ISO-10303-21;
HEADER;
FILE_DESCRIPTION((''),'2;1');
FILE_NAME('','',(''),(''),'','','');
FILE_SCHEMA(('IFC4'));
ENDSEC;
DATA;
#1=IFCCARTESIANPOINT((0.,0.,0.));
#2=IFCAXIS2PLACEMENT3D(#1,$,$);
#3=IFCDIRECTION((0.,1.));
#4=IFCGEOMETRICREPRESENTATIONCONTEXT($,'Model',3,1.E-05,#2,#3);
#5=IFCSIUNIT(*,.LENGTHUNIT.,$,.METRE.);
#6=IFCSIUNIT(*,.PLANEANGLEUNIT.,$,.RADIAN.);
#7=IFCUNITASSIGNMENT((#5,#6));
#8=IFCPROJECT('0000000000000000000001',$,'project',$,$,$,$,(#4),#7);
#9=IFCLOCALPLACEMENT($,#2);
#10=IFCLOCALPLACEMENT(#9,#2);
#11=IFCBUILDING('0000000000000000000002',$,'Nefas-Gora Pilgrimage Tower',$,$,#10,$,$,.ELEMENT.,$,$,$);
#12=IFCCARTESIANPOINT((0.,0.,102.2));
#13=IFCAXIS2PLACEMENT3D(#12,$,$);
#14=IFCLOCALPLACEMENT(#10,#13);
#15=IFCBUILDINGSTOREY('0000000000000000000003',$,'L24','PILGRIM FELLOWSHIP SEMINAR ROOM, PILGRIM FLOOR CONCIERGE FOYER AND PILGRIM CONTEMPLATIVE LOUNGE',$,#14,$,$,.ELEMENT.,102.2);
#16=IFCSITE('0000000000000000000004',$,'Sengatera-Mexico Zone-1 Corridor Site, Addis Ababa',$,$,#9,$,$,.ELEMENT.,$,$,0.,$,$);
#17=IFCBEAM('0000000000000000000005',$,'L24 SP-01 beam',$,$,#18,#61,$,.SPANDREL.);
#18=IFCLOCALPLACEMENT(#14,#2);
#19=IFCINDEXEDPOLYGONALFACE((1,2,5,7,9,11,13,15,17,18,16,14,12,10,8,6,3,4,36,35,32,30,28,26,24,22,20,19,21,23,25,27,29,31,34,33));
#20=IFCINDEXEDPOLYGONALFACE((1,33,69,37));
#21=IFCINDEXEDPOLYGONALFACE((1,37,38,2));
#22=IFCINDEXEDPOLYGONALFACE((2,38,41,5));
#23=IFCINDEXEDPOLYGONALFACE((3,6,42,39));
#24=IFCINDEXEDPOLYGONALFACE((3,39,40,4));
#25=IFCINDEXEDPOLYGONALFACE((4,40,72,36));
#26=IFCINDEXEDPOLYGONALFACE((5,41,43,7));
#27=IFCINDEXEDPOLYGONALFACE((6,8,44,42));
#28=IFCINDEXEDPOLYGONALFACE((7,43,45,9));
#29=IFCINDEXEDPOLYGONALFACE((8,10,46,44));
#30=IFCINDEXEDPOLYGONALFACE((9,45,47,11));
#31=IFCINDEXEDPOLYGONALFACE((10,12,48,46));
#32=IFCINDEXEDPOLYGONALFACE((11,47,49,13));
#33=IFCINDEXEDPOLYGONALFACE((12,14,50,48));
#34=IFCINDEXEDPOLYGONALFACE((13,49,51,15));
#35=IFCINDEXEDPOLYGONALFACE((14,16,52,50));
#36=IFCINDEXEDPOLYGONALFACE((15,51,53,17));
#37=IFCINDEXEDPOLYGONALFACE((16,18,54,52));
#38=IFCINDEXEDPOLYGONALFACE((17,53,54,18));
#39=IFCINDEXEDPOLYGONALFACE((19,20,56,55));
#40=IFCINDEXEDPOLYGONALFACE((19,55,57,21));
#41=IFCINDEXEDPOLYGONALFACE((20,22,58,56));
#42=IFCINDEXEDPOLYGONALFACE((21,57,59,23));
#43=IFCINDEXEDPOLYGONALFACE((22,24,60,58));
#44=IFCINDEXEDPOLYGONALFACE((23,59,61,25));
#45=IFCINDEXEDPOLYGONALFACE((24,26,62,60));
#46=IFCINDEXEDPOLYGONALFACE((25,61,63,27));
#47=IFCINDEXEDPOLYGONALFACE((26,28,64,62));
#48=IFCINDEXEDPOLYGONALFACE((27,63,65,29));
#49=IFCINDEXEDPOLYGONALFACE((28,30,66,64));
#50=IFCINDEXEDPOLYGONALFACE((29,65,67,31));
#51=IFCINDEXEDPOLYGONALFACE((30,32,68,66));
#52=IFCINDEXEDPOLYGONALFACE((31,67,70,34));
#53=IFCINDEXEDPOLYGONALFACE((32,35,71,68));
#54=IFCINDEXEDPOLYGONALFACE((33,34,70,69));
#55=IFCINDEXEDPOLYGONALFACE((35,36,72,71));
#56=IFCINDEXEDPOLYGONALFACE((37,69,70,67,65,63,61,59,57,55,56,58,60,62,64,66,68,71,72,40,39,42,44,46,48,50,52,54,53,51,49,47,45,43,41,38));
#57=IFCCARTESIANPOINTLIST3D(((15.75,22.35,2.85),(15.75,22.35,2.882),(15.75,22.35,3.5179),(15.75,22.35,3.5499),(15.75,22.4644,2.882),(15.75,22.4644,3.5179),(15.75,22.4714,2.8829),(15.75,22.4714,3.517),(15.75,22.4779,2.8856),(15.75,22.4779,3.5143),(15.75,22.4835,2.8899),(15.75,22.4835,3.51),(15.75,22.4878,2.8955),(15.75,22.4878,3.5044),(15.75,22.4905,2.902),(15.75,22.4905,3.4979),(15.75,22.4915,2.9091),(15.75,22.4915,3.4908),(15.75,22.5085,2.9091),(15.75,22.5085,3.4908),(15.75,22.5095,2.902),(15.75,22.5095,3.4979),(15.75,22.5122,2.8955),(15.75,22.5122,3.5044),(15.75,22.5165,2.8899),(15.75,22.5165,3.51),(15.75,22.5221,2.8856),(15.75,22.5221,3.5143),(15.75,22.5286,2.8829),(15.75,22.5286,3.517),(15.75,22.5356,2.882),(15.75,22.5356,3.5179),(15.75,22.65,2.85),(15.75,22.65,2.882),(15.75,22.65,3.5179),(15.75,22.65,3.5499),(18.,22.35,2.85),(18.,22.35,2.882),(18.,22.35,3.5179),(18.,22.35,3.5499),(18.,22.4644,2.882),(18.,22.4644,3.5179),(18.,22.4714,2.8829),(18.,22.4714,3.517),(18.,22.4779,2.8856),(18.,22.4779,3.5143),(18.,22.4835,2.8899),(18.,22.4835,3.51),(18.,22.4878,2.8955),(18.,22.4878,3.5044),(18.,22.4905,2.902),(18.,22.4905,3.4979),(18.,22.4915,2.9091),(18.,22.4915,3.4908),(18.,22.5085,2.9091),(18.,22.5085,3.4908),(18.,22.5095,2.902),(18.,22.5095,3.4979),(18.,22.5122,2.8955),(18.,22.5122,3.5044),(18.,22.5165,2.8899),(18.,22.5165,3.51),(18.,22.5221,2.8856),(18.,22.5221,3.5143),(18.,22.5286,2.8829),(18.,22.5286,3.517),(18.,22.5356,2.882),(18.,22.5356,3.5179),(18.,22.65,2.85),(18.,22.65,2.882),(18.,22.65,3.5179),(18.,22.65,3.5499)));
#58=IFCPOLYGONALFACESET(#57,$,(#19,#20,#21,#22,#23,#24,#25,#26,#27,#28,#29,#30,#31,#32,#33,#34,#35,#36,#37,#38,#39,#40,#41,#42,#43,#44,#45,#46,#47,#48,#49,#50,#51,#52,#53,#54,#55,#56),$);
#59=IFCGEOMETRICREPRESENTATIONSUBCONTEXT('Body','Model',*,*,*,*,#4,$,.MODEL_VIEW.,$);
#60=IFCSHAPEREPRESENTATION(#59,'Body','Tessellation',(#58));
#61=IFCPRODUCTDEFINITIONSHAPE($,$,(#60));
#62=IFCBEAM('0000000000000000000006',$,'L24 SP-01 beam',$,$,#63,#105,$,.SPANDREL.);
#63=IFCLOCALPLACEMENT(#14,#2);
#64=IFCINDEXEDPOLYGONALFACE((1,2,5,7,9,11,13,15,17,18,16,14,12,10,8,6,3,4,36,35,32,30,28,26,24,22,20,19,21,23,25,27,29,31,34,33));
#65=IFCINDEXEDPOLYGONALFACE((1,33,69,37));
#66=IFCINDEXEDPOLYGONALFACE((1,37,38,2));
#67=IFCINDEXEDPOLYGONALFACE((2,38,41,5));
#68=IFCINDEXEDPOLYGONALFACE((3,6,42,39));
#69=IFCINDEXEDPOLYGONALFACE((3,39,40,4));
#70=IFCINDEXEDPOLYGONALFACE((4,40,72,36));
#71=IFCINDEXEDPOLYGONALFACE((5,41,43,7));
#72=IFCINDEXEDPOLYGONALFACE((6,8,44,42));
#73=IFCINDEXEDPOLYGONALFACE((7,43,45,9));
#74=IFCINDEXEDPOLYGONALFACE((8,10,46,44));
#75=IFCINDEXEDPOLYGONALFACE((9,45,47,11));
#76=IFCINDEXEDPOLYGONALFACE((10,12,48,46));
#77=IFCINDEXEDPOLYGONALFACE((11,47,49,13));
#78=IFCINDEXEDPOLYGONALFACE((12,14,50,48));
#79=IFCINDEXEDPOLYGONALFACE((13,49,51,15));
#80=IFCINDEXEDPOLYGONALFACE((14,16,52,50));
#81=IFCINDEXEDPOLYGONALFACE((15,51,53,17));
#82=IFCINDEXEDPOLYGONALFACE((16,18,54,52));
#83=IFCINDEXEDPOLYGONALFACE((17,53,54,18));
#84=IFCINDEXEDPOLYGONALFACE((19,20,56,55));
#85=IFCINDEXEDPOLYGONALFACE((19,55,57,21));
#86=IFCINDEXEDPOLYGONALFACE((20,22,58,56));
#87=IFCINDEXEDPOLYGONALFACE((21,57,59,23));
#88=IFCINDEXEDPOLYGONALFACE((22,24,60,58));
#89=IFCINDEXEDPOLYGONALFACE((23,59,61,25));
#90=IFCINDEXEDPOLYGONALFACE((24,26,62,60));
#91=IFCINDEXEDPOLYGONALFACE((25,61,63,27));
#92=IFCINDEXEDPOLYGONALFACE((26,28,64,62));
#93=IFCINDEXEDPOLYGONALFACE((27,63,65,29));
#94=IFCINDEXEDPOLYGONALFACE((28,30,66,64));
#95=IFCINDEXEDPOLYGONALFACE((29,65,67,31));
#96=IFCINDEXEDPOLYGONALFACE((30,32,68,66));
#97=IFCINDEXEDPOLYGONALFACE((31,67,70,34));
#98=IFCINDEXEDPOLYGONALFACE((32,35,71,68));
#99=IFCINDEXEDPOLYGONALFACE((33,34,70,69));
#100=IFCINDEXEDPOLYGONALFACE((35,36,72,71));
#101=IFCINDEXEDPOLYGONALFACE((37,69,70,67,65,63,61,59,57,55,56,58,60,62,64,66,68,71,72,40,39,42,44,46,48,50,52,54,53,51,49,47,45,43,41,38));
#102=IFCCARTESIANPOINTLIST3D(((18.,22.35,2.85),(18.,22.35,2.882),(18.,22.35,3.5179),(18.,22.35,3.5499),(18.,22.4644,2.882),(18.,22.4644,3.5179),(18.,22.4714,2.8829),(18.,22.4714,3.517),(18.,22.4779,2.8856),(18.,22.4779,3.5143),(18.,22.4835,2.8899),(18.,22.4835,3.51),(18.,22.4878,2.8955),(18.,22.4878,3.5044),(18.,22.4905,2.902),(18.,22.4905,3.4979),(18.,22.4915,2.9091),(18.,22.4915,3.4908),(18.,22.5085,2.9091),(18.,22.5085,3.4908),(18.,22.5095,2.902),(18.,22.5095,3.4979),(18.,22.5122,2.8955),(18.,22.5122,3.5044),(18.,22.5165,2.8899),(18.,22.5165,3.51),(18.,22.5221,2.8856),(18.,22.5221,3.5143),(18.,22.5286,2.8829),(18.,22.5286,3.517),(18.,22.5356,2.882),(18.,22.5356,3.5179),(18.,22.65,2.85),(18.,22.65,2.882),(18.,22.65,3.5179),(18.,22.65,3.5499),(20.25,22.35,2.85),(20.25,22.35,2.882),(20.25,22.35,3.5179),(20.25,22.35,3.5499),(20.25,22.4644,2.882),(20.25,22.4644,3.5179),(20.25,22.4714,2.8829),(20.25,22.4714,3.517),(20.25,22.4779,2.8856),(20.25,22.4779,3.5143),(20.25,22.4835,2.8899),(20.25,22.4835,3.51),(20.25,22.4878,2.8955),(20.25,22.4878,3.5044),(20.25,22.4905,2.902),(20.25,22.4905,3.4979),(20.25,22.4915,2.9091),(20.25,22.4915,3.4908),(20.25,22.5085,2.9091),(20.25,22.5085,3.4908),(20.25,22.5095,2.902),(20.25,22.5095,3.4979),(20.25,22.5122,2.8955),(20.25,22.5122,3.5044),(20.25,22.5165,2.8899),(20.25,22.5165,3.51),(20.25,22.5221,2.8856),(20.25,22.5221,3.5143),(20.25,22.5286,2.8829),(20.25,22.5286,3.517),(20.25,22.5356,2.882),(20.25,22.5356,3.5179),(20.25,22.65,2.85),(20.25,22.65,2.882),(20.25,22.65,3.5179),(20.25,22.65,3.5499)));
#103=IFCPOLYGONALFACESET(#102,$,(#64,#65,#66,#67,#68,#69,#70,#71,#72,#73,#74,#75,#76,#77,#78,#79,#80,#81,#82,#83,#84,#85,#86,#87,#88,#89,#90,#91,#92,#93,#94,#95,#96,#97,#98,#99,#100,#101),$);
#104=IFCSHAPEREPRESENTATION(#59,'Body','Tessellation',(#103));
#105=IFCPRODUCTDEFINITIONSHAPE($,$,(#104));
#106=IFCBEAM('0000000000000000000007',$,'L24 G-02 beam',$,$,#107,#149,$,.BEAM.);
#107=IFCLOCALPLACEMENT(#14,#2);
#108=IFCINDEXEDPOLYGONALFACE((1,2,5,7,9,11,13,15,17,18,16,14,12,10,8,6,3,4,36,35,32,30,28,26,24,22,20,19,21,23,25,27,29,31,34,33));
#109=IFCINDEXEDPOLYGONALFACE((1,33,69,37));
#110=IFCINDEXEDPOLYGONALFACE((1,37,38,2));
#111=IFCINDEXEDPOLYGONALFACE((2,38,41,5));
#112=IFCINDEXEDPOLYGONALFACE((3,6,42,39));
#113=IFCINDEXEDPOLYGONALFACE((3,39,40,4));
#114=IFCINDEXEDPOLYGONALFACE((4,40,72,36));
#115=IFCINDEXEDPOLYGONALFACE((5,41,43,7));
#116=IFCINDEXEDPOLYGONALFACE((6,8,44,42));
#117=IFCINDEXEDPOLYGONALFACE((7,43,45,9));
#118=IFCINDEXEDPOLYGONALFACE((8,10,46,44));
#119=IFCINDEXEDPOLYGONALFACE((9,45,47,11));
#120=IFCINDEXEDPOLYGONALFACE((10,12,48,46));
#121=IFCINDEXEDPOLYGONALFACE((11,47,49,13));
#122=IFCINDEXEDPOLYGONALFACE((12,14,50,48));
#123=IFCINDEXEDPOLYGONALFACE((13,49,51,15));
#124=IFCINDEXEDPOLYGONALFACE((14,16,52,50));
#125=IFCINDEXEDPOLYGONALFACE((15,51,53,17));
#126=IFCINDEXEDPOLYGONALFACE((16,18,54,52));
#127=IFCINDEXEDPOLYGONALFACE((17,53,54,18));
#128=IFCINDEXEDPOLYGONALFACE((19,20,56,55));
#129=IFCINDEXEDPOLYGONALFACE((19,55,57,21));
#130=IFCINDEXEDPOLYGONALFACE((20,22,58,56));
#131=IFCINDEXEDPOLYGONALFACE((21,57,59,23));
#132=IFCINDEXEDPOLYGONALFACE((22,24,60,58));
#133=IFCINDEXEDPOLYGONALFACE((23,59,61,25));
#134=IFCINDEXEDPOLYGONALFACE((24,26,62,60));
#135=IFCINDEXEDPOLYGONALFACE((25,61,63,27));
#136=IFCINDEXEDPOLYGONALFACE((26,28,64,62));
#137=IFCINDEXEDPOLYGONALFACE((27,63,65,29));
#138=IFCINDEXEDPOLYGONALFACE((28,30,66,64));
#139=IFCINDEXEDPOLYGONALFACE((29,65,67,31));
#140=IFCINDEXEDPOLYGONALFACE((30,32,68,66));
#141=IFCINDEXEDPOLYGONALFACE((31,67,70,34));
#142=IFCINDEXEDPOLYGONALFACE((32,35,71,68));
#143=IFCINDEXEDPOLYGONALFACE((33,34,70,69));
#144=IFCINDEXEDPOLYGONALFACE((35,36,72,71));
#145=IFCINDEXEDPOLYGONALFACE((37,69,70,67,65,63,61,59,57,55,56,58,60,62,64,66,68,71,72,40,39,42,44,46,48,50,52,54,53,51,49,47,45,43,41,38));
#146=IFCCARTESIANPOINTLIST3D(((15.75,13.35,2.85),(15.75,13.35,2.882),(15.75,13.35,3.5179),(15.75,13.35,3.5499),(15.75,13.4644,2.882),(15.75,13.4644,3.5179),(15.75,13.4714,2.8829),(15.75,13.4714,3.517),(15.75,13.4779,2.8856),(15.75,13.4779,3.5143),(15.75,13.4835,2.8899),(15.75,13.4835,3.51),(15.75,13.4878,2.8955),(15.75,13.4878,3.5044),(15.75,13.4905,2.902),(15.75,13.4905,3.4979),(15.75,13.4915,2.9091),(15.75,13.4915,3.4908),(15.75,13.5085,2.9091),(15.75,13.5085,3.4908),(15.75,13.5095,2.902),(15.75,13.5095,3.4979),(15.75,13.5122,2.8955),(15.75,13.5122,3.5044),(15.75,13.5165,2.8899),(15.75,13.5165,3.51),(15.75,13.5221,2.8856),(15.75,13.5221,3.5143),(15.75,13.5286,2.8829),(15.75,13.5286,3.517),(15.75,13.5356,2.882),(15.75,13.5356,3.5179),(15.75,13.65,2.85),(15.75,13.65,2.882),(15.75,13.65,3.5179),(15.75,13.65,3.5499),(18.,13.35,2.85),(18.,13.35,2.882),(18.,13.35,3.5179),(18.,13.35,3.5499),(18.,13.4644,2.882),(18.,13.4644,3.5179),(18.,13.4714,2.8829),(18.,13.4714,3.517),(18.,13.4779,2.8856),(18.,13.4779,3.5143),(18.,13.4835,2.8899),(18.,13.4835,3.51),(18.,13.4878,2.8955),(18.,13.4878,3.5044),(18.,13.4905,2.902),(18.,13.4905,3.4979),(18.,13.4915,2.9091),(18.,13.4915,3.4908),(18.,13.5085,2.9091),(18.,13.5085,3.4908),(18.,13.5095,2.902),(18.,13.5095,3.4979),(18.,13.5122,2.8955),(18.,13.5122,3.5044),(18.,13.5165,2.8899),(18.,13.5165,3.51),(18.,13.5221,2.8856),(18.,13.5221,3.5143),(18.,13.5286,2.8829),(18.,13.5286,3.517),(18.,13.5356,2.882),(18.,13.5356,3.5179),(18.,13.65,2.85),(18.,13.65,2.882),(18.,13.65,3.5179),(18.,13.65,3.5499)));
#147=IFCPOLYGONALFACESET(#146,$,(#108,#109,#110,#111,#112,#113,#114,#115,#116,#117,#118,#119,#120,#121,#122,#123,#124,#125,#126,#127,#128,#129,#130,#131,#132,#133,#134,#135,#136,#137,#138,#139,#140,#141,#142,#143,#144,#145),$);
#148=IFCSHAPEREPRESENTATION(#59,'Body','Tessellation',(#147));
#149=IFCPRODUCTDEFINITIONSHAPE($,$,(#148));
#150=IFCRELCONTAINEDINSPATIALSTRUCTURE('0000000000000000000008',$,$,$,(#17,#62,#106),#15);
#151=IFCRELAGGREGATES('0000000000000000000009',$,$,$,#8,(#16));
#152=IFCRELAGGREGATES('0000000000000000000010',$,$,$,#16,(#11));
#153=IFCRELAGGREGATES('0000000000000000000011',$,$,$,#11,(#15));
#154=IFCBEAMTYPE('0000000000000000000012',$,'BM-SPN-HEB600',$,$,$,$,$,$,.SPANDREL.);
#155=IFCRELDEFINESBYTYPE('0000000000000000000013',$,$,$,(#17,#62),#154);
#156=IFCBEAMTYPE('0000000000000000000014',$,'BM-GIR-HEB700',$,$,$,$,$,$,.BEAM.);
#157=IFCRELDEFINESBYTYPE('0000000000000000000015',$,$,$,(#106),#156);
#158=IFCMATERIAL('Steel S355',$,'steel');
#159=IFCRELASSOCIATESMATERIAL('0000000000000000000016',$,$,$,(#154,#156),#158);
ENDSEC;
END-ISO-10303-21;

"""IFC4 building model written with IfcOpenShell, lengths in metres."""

from ifc_helpers import new_model, si_unit, direction, frame, origin, origin_2d, place, context, subcontext, project, spatial, i_section, extrude, source, transform, mapped, material, material_profile, profile_set, type_object, element, save


model = new_model("IFC4")

# Units and contexts
model_context = context("Model", 3, precision=1e-05, world=origin(), true_north=direction((0.0, 1.0)))
body_context = subcontext(model_context, "Body", "Model", "MODEL_VIEW")
ifc_project = project(units=[si_unit("LENGTHUNIT", "METRE"), si_unit("PLANEANGLEUNIT", "RADIAN")], contexts=[model_context])

# Site, building, storey
site_placement = place(None, origin())
site = spatial("IfcSite", under=ifc_project, at=site_placement, Name="Sengatera-Mexico Zone-1 Corridor Site, Addis Ababa", CompositionType="ELEMENT", RefElevation=0.0)
building_placement = place(site_placement, origin())
building = spatial("IfcBuilding", under=site, at=building_placement, Name="Nefas-Gora Pilgrimage Tower", CompositionType="ELEMENT")
storey_placement = place(building_placement, frame((0.0, 0.0, 102.2)))
storey = spatial("IfcBuildingStorey", under=building, at=storey_placement, Name="L24", Description="PILGRIM FELLOWSHIP SEMINAR ROOM, PILGRIM FLOOR CONCIERGE FOYER AND PILGRIM CONTEMPLATIVE LOUNGE", CompositionType="ELEMENT", Elevation=102.2)

# Beams
ifc_material_1 = material(Name="Steel S355", Category="steel")
ifc_material_profile_1 = material_profile(ifc_material_1, i_section(OverallWidth=0.3, OverallDepth=0.7, WebThickness=0.0171, FlangeThickness=0.032, FilletRadius=0.0271, at=origin_2d()), Name="HEB 700")
ifc_profile_set_1 = profile_set([ifc_material_profile_1], Name="Steel S355")
beam_type_1 = type_object("IfcBeamType", Name="BM-SPN-HEB600", PredefinedType="SPANDREL", material=ifc_profile_set_1)
ifc_material_profile_2 = material_profile(ifc_material_1, i_section(OverallWidth=0.3, OverallDepth=0.7, WebThickness=0.0171, FlangeThickness=0.032, FilletRadius=0.0271, at=origin_2d()), Name="HEB 700")
ifc_profile_set_2 = profile_set([ifc_material_profile_2], Name="Steel S355")
beam_type_2 = type_object("IfcBeamType", Name="BM-GIR-HEB700", PredefinedType="BEAM", material=ifc_profile_set_2)
shared_shape_1 = source(origin(), body_context, "Body", "SweptSolid", [
    extrude(i_section(OverallWidth=0.3, OverallDepth=0.7, WebThickness=0.0171, FlangeThickness=0.032, FilletRadius=0.0271, at=origin_2d()), origin(), (0.0, 0.0, 1.0), 2.25),
])
for number, where, z_axis, x_axis, name in (
    (1, (15.75, 22.5, 3.2), (1.0, 0.0, 0.0), (0.0, 1.0, 0.0), "L24 SP-01 beam"),
    (2, (18.0, 22.5, 3.2), (1.0, 0.0, 0.0), (0.0, 1.0, 0.0), "L24 SP-01 beam"),
):
    element("IfcBeam", number, at=place(storey_placement, frame(where, z_axis=z_axis, x_axis=x_axis)), inside=storey, type_object=beam_type_1, Name=name, PredefinedType="SPANDREL", context=body_context, shape_type="MappedRepresentation", body=[
        mapped(shared_shape_1, transform((0.0, 0.0, 0.0), x_axis=(1.0, 0.0, 0.0), y_axis=(0.0, 1.0, 0.0), z_axis=(0.0, 0.0, 1.0), scale=1.0)),
    ])
shared_shape_2 = source(origin(), body_context, "Body", "SweptSolid", [
    extrude(i_section(OverallWidth=0.3, OverallDepth=0.7, WebThickness=0.0171, FlangeThickness=0.032, FilletRadius=0.0271, at=origin_2d()), origin(), (0.0, 0.0, 1.0), 2.25),
])
beam_1_placement = place(storey_placement, frame((15.75, 13.5, 3.2), z_axis=(1.0, 0.0, 0.0), x_axis=(0.0, 1.0, 0.0)))
element("IfcBeam", 3, at=beam_1_placement, inside=storey, type_object=beam_type_2, Name="L24 G-02 beam", PredefinedType="BEAM", context=body_context, shape_type="MappedRepresentation", body=[
    mapped(shared_shape_2, transform((0.0, 0.0, 0.0), x_axis=(1.0, 0.0, 0.0), y_axis=(0.0, 1.0, 0.0), z_axis=(0.0, 0.0, 1.0), scale=1.0)),
])

save(model, "model.ifc")
